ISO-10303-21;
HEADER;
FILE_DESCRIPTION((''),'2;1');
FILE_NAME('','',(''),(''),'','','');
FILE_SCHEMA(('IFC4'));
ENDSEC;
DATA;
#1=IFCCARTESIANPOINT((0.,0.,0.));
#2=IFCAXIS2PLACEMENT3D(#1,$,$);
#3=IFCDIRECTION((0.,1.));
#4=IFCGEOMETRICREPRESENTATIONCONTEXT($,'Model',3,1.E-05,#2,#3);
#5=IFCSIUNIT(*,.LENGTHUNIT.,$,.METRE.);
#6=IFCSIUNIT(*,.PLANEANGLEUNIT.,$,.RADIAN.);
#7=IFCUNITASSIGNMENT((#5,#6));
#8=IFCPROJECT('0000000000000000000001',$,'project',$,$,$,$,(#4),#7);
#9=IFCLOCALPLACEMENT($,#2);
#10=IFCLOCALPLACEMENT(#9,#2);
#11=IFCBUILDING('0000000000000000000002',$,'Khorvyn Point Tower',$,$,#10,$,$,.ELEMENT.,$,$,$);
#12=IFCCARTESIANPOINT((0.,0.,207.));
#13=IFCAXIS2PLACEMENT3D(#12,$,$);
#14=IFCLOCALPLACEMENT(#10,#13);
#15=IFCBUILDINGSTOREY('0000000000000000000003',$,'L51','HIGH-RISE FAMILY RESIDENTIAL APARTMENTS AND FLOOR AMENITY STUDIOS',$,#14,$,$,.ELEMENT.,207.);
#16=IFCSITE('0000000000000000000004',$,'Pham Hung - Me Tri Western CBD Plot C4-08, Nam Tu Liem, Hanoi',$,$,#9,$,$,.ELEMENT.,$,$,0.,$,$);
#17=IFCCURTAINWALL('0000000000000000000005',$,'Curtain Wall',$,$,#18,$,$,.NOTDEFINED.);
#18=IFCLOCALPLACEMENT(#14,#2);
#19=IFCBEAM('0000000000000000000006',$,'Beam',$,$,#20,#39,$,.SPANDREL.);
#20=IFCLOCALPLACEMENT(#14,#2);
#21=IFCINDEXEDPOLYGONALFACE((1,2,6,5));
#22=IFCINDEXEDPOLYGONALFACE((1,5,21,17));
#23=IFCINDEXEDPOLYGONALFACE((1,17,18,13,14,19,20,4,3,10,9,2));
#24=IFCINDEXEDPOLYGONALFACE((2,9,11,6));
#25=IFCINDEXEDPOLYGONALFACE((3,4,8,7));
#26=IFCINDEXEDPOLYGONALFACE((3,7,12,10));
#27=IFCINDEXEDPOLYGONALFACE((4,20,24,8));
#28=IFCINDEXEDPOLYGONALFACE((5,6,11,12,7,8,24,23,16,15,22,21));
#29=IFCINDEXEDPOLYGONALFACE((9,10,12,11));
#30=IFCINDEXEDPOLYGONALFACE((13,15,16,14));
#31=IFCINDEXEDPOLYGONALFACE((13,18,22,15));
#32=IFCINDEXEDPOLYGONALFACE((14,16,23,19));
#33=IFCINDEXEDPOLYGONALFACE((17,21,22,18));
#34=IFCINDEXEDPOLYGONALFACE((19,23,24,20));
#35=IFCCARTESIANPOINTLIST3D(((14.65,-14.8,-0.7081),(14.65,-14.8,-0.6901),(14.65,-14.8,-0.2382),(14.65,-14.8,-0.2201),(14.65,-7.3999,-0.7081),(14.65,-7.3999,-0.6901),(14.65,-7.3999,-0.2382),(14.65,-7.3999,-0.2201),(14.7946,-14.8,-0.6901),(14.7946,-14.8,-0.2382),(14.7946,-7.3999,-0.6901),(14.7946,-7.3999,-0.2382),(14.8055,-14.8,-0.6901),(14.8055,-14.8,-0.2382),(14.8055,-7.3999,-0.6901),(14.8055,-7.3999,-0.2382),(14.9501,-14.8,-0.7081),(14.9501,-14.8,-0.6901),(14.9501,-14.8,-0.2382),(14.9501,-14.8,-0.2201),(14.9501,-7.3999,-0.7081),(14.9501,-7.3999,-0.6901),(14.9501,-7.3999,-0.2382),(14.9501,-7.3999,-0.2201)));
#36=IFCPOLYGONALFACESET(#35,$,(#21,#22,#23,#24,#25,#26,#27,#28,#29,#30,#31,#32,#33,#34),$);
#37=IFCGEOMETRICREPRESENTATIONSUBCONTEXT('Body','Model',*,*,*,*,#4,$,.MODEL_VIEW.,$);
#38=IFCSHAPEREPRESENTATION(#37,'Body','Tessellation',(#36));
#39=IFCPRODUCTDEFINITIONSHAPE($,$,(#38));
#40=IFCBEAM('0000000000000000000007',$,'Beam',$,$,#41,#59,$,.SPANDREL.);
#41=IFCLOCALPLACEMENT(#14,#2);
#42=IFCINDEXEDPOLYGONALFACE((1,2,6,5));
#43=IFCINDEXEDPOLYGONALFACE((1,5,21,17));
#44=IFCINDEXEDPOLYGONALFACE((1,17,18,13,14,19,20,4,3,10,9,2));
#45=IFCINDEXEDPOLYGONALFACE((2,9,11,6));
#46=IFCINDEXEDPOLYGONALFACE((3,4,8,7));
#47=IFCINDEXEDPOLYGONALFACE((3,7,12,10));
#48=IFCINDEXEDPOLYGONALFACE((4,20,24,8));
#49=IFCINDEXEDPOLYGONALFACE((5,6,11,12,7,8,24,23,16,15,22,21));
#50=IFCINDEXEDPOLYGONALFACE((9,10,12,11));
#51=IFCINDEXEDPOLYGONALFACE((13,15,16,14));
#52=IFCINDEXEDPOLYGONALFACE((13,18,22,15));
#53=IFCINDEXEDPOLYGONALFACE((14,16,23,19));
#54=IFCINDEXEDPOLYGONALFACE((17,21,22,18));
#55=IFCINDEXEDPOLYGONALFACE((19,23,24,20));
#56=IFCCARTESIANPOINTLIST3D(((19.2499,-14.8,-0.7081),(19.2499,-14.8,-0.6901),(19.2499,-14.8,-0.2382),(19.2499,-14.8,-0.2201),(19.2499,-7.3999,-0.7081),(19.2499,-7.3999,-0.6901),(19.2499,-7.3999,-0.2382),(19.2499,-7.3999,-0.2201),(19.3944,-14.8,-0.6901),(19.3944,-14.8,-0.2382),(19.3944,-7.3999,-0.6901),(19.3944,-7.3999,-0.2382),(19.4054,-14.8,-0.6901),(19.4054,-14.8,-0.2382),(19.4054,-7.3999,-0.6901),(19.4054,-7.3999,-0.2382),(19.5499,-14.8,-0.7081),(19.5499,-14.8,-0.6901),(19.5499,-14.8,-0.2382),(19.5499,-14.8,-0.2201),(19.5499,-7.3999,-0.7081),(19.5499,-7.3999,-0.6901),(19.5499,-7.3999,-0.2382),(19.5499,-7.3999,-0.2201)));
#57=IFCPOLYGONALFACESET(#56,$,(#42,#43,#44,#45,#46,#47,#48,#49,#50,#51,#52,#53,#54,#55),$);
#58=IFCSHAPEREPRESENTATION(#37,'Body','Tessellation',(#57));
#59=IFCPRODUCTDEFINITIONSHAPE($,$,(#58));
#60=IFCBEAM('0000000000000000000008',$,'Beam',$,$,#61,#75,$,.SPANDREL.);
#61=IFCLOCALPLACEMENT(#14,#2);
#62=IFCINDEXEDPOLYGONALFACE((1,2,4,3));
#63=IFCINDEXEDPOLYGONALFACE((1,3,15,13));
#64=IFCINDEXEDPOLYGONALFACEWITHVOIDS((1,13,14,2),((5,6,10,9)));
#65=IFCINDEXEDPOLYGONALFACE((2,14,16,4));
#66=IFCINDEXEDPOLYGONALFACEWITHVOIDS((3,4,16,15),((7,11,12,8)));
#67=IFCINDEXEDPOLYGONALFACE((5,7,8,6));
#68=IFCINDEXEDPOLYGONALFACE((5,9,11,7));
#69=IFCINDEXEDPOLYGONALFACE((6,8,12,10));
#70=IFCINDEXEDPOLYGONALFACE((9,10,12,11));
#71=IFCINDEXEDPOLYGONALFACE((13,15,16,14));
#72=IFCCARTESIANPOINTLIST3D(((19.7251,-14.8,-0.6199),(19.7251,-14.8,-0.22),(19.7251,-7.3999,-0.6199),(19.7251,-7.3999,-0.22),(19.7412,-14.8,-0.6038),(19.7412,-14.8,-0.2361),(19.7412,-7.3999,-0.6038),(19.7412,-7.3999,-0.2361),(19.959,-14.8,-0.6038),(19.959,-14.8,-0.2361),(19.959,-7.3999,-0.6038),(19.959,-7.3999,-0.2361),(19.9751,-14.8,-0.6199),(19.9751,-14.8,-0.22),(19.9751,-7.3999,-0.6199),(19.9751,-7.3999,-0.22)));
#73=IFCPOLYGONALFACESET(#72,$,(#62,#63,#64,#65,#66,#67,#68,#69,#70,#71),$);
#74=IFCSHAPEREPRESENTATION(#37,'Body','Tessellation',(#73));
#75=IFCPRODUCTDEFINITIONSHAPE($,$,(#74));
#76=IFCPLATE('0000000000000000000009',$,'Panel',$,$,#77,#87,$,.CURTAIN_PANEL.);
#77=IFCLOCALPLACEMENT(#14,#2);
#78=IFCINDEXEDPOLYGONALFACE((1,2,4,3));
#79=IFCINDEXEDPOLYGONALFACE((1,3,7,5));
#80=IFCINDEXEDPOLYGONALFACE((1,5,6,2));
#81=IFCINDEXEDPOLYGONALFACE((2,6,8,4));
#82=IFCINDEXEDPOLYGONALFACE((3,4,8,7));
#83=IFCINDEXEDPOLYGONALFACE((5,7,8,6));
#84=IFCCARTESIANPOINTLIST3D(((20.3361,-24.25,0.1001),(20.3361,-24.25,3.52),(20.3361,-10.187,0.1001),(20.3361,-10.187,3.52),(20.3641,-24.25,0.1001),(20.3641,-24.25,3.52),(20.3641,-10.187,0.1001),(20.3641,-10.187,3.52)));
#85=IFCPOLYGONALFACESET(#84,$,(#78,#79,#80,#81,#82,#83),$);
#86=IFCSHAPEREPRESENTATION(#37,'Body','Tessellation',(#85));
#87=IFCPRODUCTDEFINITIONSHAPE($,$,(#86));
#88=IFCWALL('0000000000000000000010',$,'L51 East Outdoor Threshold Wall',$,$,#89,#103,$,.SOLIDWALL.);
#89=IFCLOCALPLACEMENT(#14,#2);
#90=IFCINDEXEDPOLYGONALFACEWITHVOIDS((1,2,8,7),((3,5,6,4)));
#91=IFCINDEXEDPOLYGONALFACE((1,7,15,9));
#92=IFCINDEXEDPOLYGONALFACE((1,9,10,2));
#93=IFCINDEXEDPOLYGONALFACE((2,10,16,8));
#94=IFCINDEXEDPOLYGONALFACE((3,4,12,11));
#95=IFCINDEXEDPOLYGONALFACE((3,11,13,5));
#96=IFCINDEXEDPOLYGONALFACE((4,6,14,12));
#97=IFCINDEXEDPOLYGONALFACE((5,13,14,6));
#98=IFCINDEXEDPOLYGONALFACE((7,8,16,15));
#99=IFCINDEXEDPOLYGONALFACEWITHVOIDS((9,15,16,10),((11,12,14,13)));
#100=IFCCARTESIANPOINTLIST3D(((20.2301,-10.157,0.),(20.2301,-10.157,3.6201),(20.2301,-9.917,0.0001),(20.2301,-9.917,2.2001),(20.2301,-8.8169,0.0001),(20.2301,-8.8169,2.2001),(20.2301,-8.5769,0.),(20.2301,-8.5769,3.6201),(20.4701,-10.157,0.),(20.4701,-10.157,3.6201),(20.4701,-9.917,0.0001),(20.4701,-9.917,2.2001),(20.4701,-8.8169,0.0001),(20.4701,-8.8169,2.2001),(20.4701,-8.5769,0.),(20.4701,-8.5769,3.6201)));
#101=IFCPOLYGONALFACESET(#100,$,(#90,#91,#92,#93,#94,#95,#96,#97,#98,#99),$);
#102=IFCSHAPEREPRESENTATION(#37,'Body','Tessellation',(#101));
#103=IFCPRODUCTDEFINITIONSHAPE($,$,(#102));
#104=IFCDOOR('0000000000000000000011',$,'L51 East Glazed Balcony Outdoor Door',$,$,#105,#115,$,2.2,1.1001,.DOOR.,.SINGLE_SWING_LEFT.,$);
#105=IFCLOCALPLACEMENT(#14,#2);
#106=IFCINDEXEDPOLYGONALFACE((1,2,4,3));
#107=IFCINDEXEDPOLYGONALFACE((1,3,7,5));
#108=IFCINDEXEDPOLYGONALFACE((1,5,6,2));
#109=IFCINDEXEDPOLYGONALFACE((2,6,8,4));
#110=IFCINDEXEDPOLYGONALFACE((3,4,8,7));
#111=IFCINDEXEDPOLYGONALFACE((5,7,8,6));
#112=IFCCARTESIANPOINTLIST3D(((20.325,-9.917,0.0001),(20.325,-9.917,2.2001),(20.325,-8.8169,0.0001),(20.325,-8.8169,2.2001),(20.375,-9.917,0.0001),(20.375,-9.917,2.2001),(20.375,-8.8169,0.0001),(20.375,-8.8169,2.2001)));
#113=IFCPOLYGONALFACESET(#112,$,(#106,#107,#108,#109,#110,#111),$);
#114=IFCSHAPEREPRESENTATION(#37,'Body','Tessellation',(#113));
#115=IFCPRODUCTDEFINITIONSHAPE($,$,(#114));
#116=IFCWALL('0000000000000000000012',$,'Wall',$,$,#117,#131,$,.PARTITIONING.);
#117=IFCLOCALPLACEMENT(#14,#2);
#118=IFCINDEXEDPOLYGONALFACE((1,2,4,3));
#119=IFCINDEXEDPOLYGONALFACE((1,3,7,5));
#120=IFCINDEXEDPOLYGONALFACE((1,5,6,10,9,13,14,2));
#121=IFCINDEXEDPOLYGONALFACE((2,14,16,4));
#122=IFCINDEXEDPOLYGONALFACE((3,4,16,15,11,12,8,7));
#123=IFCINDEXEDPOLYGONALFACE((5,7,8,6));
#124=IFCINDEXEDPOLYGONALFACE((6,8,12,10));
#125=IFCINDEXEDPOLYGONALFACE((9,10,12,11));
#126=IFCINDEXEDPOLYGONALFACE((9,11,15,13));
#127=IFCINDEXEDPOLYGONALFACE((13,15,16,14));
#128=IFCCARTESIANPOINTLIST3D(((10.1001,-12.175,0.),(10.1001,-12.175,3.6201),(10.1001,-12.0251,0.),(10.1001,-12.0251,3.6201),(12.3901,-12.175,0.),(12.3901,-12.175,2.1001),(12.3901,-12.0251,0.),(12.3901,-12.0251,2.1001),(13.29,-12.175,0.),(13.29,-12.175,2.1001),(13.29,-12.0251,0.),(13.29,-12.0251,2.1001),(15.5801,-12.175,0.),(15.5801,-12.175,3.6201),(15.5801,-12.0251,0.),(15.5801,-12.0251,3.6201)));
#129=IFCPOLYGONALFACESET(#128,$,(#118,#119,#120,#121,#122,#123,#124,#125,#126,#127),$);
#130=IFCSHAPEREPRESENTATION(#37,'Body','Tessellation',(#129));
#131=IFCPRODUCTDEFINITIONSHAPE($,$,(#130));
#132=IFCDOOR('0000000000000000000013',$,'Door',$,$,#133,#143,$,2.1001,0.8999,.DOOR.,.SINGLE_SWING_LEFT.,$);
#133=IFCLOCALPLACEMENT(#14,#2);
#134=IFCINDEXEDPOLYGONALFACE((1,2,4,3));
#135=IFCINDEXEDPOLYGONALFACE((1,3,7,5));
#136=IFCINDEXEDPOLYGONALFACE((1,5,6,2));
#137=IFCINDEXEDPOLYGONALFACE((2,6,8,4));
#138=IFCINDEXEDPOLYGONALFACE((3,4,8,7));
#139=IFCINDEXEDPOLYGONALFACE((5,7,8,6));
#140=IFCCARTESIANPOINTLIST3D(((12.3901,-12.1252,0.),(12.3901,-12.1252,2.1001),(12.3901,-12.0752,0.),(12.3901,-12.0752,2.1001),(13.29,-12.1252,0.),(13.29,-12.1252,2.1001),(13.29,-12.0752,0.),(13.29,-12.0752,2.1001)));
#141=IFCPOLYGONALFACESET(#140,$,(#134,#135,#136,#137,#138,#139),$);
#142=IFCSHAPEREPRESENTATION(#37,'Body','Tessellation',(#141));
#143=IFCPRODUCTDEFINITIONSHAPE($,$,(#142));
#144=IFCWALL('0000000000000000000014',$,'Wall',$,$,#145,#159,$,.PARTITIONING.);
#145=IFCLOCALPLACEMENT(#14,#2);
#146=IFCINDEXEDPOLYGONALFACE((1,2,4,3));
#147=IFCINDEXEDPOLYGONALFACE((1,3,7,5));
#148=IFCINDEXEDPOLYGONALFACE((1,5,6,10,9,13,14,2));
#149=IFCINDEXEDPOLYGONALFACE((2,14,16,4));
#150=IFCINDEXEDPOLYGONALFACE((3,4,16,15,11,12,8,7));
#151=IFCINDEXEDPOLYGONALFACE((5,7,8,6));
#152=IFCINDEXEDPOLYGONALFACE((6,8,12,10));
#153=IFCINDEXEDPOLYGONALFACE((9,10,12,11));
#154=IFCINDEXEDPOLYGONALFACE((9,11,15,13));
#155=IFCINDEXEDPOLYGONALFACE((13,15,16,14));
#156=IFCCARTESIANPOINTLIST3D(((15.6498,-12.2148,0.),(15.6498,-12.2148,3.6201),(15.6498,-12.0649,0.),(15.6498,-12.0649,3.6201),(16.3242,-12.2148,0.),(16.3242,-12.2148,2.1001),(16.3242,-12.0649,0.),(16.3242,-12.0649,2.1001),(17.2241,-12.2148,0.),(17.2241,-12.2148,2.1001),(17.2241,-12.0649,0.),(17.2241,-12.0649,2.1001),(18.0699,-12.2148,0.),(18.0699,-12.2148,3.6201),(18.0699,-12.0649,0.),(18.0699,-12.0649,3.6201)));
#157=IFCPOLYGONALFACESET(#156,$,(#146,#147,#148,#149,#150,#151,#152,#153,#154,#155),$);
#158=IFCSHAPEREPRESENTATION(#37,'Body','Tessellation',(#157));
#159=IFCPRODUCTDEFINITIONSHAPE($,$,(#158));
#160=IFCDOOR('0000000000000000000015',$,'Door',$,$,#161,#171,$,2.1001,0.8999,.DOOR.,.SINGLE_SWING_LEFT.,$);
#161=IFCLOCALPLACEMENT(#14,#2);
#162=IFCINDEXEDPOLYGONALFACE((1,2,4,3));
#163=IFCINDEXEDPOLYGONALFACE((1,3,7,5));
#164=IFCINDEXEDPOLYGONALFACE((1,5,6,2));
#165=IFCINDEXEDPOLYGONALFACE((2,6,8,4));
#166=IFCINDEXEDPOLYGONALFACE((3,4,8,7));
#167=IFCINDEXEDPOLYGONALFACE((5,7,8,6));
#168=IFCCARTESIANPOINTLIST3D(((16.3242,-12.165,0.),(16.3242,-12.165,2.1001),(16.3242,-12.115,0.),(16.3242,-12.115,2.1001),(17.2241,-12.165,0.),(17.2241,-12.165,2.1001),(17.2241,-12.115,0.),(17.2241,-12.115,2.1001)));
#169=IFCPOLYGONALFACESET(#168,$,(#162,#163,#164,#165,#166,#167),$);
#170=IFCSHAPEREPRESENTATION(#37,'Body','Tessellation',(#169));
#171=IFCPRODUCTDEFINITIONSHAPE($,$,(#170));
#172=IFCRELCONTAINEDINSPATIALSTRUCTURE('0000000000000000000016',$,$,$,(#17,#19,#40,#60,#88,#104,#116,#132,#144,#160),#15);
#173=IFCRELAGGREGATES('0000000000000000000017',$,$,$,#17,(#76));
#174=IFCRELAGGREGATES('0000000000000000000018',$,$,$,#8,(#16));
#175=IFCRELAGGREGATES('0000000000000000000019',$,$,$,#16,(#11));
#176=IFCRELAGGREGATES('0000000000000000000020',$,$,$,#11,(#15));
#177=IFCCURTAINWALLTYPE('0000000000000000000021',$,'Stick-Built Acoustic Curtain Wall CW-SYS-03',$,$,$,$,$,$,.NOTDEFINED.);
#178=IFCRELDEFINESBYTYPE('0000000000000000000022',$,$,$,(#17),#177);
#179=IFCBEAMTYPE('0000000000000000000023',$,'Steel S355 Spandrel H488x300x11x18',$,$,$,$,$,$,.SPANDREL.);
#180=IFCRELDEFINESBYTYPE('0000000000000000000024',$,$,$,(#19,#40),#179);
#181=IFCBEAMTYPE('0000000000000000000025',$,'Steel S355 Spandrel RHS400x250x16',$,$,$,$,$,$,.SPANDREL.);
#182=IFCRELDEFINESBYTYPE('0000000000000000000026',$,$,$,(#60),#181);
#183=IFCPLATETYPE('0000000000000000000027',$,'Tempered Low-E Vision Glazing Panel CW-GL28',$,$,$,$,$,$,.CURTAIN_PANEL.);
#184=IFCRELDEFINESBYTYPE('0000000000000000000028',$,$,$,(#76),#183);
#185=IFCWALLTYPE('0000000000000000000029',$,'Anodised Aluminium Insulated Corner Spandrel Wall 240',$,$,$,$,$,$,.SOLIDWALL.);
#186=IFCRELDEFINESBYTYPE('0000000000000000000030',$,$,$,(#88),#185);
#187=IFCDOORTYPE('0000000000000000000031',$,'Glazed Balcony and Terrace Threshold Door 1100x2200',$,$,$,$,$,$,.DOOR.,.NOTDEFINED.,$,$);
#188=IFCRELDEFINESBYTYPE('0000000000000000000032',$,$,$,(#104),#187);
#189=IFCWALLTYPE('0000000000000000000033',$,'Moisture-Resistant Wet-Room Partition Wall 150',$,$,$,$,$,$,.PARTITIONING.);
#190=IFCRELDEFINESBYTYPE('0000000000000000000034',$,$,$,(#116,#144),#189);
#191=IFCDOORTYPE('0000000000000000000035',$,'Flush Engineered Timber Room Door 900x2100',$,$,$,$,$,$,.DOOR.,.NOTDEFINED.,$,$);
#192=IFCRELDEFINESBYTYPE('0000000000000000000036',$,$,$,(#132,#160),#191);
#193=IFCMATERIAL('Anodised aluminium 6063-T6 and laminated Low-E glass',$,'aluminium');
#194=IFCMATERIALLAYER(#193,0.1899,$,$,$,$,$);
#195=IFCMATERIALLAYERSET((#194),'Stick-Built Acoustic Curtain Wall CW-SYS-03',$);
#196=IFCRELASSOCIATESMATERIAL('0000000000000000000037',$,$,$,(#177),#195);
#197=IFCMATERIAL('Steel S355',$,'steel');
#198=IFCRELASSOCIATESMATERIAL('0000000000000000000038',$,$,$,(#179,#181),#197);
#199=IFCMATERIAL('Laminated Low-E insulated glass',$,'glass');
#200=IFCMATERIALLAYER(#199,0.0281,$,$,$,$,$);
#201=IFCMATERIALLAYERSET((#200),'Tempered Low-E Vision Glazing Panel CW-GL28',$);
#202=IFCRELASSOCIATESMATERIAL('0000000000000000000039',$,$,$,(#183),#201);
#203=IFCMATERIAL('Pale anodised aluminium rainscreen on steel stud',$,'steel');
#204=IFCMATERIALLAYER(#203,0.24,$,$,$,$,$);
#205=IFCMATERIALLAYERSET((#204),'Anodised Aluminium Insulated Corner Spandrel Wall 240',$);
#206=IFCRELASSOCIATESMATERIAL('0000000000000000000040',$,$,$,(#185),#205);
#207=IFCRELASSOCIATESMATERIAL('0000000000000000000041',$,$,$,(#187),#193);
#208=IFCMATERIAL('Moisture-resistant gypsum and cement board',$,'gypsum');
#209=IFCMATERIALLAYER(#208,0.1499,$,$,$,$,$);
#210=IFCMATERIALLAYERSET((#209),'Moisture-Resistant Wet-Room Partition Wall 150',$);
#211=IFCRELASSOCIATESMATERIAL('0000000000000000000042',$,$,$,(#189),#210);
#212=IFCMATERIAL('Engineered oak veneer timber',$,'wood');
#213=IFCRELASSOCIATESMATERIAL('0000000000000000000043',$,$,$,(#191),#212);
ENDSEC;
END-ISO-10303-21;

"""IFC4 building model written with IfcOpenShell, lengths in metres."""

from ifc_helpers import new_model, si_unit, direction, frame, frame_2d, origin, origin_2d, place, context, subcontext, project, spatial, rectangle, hollow_rectangle, i_section, extrude, material, layer, layer_set, material_profile, profile_set, type_object, element, fill, aggregate, save


model = new_model("IFC4")

# Units and contexts
model_context = context("Model", 3, precision=1e-05, world=origin(), true_north=direction((0.0, 1.0)))
body_context = subcontext(model_context, "Body", "Model", "MODEL_VIEW")
ifc_project = project(units=[si_unit("LENGTHUNIT", "METRE"), si_unit("PLANEANGLEUNIT", "RADIAN")], contexts=[model_context])

# Site, building, storey
site_placement = place(None, origin())
site = spatial("IfcSite", under=ifc_project, at=site_placement, Name="Pham Hung - Me Tri Western CBD Plot C4-08, Nam Tu Liem, Hanoi", CompositionType="ELEMENT", RefElevation=0.0)
building_placement = place(site_placement, origin())
building = spatial("IfcBuilding", under=site, at=building_placement, Name="Khorvyn Point Tower", CompositionType="ELEMENT")
storey_placement = place(building_placement, frame((0.0, 0.0, 207.0)))
storey = spatial("IfcBuildingStorey", under=building, at=storey_placement, Name="L51", Description="HIGH-RISE FAMILY RESIDENTIAL APARTMENTS AND FLOOR AMENITY STUDIOS", CompositionType="ELEMENT", Elevation=207.0)

# Shared definitions
ifc_material_1 = material(Name="Anodised aluminium 6063-T6 and laminated Low-E glass", Category="aluminium")
ifc_layer_1 = layer(ifc_material_1, 0.1899)
ifc_layer_set_1 = layer_set([ifc_layer_1], Name="Stick-Built Acoustic Curtain Wall CW-SYS-03")
curtain_wall_type = type_object("IfcCurtainWallType", Name="Stick-Built Acoustic Curtain Wall CW-SYS-03", PredefinedType="NOTDEFINED", material=ifc_layer_set_1)

# Curtain wall
curtain_wall_1_placement = place(storey_placement, origin())
curtain_wall_1 = element("IfcCurtainWall", 1, at=curtain_wall_1_placement, inside=storey, type_object=curtain_wall_type, Name="Curtain Wall", PredefinedType="NOTDEFINED")

# Beams
ifc_material_2 = material(Name="Steel S355", Category="steel")
ifc_material_profile_1 = material_profile(ifc_material_2, i_section(OverallWidth=0.3, OverallDepth=0.488, WebThickness=0.011, FlangeThickness=0.0181, at=origin_2d()))
ifc_profile_set_1 = profile_set([ifc_material_profile_1], Name="Steel S355 H488x300x11x18")
beam_type_1 = type_object("IfcBeamType", Name="Steel S355 Spandrel H488x300x11x18", PredefinedType="SPANDREL", material=ifc_profile_set_1)
for number, where, z_axis, x_axis, name in (
    (2, (14.8, -14.8, -0.4641), (0.0, 1.0, 0.0), (-1.0, 0.0, 0.0), "Beam"),
    (3, (19.3999, -14.8, -0.4641), (0.0, 1.0, 0.0), (-1.0, 0.0, 0.0), "Beam"),
):
    element("IfcBeam", number, at=place(storey_placement, frame(where, z_axis=z_axis, x_axis=x_axis)), inside=storey, type_object=beam_type_1, Name=name, PredefinedType="SPANDREL", context=body_context, shape_type="SweptSolid", body=[
        extrude(i_section(OverallWidth=0.3, OverallDepth=0.488, WebThickness=0.011, FlangeThickness=0.0181, at=origin_2d()), origin(), (0.0, 0.0, 1.0), 7.4001),
    ])
ifc_material_profile_2 = material_profile(ifc_material_2, hollow_rectangle(XDim=0.25, YDim=0.3999, WallThickness=0.0161, at=origin_2d()))
ifc_profile_set_2 = profile_set([ifc_material_profile_2], Name="Steel S355 RHS400x250x16")
beam_type_2 = type_object("IfcBeamType", Name="Steel S355 Spandrel RHS400x250x16", PredefinedType="SPANDREL", material=ifc_profile_set_2)
beam_1_placement = place(storey_placement, frame((19.8501, -14.8, -0.4199), z_axis=(0.0, 1.0, 0.0), x_axis=(-1.0, 0.0, 0.0)))
element("IfcBeam", 4, at=beam_1_placement, inside=storey, type_object=beam_type_2, Name="Beam", PredefinedType="SPANDREL", context=body_context, shape_type="SweptSolid", body=[
    extrude(hollow_rectangle(XDim=0.25, YDim=0.3999, WallThickness=0.0161, at=origin_2d()), origin(), (0.0, 0.0, 1.0), 7.4001),
])

# Plate
ifc_material_3 = material(Name="Laminated Low-E insulated glass", Category="glass")
ifc_layer_2 = layer(ifc_material_3, 0.0281)
ifc_layer_set_2 = layer_set([ifc_layer_2], Name="Tempered Low-E Vision Glazing Panel CW-GL28")
plate_type = type_object("IfcPlateType", Name="Tempered Low-E Vision Glazing Panel CW-GL28", PredefinedType="CURTAIN_PANEL", material=ifc_layer_set_2)
plate_placement = place(storey_placement, frame((20.3501, -17.2185, 0.1001), z_axis=(0.0, 0.0, 1.0), x_axis=(0.0, -1.0, 0.0)))
plate = element("IfcPlate", 5, at=plate_placement, type_object=plate_type, Name="Panel", PredefinedType="CURTAIN_PANEL", context=body_context, shape_type="SweptSolid", body=[
    extrude(rectangle(XDim=14.063, YDim=0.0281, at=origin_2d()), origin(), (0.0, 0.0, 1.0), 3.4199),
])
aggregate(curtain_wall_1, [plate])

# Walls, openings, doors
ifc_material_4 = material(Name="Pale anodised aluminium rainscreen on steel stud", Category="steel")
ifc_layer_3 = layer(ifc_material_4, 0.24)
ifc_layer_set_3 = layer_set([ifc_layer_3], Name="Anodised Aluminium Insulated Corner Spandrel Wall 240")
wall_type_1 = type_object("IfcWallType", Name="Anodised Aluminium Insulated Corner Spandrel Wall 240", PredefinedType="SOLIDWALL", material=ifc_layer_set_3)
wall_1_placement = place(storey_placement, frame((20.3501, -8.5769, 0.0), z_axis=(0.0, 0.0, 1.0), x_axis=(0.0, -1.0, 0.0)))
wall_1 = element("IfcWall", 6, at=wall_1_placement, inside=storey, type_object=wall_type_1, Name="L51 East Outdoor Threshold Wall", PredefinedType="SOLIDWALL", context=body_context, shape_type="SweptSolid", body=[
    extrude(rectangle(XDim=1.5801, YDim=0.24, at=frame_2d((0.79, 0.0))), origin(), (0.0, 0.0, 1.0), 3.6201),
])
opening_1_placement = place(wall_1_placement, frame((0.24, 0.0, 0.0)))
opening_1 = element("IfcOpeningElement", 7, at=opening_1_placement, cuts=wall_1, PredefinedType="OPENING", context=body_context, shape_type="SweptSolid", body=[
    extrude(rectangle(XDim=1.1001, YDim=2.2, at=frame_2d((0.55, 1.1001))), frame((0.0, 0.1299, 0.0), z_axis=(0.0, -1.0, 0.0), x_axis=(1.0, 0.0, 0.0)), (0.0, 0.0, 1.0), 0.26),
])
door_type_1 = type_object("IfcDoorType", Name="Glazed Balcony and Terrace Threshold Door 1100x2200", OperationType="NOTDEFINED", PredefinedType="DOOR", material=ifc_material_1)
door_1_placement = place(opening_1_placement, origin())
door_1 = element("IfcDoor", 8, at=door_1_placement, inside=storey, type_object=door_type_1, Name="L51 East Glazed Balcony Outdoor Door", OperationType="SINGLE_SWING_LEFT", OverallHeight=2.2, OverallWidth=1.1001, PredefinedType="DOOR", context=body_context, shape_type="SweptSolid", body=[
    extrude(rectangle(XDim=1.1001, YDim=2.2, at=frame_2d((0.55, 1.1001))), frame((0.0, 0.0249, 0.0), z_axis=(0.0, -1.0, 0.0), x_axis=(1.0, 0.0, 0.0)), (0.0, 0.0, 1.0), 0.05),
])
fill(opening_1, door_1)
ifc_material_5 = material(Name="Moisture-resistant gypsum and cement board", Category="gypsum")
ifc_layer_4 = layer(ifc_material_5, 0.1499)
ifc_layer_set_4 = layer_set([ifc_layer_4], Name="Moisture-Resistant Wet-Room Partition Wall 150")
wall_type_2 = type_object("IfcWallType", Name="Moisture-Resistant Wet-Room Partition Wall 150", PredefinedType="PARTITIONING", material=ifc_layer_set_4)
wall_2_placement = place(storey_placement, frame((10.1001, -12.1001, 0.0), z_axis=(0.0, 0.0, 1.0), x_axis=(1.0, 0.0, 0.0)))
wall_2 = element("IfcWall", 9, at=wall_2_placement, inside=storey, type_object=wall_type_2, Name="Wall", PredefinedType="PARTITIONING", context=body_context, shape_type="SweptSolid", body=[
    extrude(rectangle(XDim=5.48, YDim=0.1499, at=frame_2d((2.74, 0.0))), origin(), (0.0, 0.0, 1.0), 3.6201),
])
opening_2_placement = place(wall_2_placement, frame((2.29, 0.0, 0.0)))
opening_2 = element("IfcOpeningElement", 10, at=opening_2_placement, cuts=wall_2, PredefinedType="OPENING", context=body_context, shape_type="SweptSolid", body=[
    extrude(rectangle(XDim=0.8999, YDim=2.1001, at=frame_2d((0.45, 1.05))), frame((0.0, 0.085, 0.0), z_axis=(0.0, -1.0, 0.0), x_axis=(1.0, 0.0, 0.0)), (0.0, 0.0, 1.0), 0.1699),
])
ifc_material_6 = material(Name="Engineered oak veneer timber", Category="wood")
door_type_2 = type_object("IfcDoorType", Name="Flush Engineered Timber Room Door 900x2100", OperationType="NOTDEFINED", PredefinedType="DOOR", material=ifc_material_6)
door_2_placement = place(opening_2_placement, origin())
door_2 = element("IfcDoor", 11, at=door_2_placement, inside=storey, type_object=door_type_2, Name="Door", OperationType="SINGLE_SWING_LEFT", OverallHeight=2.1001, OverallWidth=0.8999, PredefinedType="DOOR", context=body_context, shape_type="SweptSolid", body=[
    extrude(rectangle(XDim=0.8999, YDim=2.1001, at=frame_2d((0.45, 1.05))), frame((0.0, 0.0249, 0.0), z_axis=(0.0, -1.0, 0.0), x_axis=(1.0, 0.0, 0.0)), (0.0, 0.0, 1.0), 0.05),
])
fill(opening_2, door_2)
wall_3_placement = place(storey_placement, frame((15.6499, -12.1399, 0.0), z_axis=(0.0, 0.0, 1.0), x_axis=(1.0, 0.0, 0.0)))
wall_3 = element("IfcWall", 12, at=wall_3_placement, inside=storey, type_object=wall_type_2, Name="Wall", PredefinedType="PARTITIONING", context=body_context, shape_type="SweptSolid", body=[
    extrude(rectangle(XDim=2.4202, YDim=0.1499, at=frame_2d((1.21, 0.0))), origin(), (0.0, 0.0, 1.0), 3.6201),
])
opening_3_placement = place(wall_3_placement, frame((0.6743, 0.0, 0.0)))
opening_3 = element("IfcOpeningElement", 13, at=opening_3_placement, cuts=wall_3, PredefinedType="OPENING", context=body_context, shape_type="SweptSolid", body=[
    extrude(rectangle(XDim=0.8999, YDim=2.1001, at=frame_2d((0.45, 1.05))), frame((0.0, 0.085, 0.0), z_axis=(0.0, -1.0, 0.0), x_axis=(1.0, 0.0, 0.0)), (0.0, 0.0, 1.0), 0.1699),
])
door_3_placement = place(opening_3_placement, origin())
door_3 = element("IfcDoor", 14, at=door_3_placement, inside=storey, type_object=door_type_2, Name="Door", OperationType="SINGLE_SWING_LEFT", OverallHeight=2.1001, OverallWidth=0.8999, PredefinedType="DOOR", context=body_context, shape_type="SweptSolid", body=[
    extrude(rectangle(XDim=0.8999, YDim=2.1001, at=frame_2d((0.45, 1.05))), frame((0.0, 0.0249, 0.0), z_axis=(0.0, -1.0, 0.0), x_axis=(1.0, 0.0, 0.0)), (0.0, 0.0, 1.0), 0.05),
])
fill(opening_3, door_3)

save(model, "model.ifc")
